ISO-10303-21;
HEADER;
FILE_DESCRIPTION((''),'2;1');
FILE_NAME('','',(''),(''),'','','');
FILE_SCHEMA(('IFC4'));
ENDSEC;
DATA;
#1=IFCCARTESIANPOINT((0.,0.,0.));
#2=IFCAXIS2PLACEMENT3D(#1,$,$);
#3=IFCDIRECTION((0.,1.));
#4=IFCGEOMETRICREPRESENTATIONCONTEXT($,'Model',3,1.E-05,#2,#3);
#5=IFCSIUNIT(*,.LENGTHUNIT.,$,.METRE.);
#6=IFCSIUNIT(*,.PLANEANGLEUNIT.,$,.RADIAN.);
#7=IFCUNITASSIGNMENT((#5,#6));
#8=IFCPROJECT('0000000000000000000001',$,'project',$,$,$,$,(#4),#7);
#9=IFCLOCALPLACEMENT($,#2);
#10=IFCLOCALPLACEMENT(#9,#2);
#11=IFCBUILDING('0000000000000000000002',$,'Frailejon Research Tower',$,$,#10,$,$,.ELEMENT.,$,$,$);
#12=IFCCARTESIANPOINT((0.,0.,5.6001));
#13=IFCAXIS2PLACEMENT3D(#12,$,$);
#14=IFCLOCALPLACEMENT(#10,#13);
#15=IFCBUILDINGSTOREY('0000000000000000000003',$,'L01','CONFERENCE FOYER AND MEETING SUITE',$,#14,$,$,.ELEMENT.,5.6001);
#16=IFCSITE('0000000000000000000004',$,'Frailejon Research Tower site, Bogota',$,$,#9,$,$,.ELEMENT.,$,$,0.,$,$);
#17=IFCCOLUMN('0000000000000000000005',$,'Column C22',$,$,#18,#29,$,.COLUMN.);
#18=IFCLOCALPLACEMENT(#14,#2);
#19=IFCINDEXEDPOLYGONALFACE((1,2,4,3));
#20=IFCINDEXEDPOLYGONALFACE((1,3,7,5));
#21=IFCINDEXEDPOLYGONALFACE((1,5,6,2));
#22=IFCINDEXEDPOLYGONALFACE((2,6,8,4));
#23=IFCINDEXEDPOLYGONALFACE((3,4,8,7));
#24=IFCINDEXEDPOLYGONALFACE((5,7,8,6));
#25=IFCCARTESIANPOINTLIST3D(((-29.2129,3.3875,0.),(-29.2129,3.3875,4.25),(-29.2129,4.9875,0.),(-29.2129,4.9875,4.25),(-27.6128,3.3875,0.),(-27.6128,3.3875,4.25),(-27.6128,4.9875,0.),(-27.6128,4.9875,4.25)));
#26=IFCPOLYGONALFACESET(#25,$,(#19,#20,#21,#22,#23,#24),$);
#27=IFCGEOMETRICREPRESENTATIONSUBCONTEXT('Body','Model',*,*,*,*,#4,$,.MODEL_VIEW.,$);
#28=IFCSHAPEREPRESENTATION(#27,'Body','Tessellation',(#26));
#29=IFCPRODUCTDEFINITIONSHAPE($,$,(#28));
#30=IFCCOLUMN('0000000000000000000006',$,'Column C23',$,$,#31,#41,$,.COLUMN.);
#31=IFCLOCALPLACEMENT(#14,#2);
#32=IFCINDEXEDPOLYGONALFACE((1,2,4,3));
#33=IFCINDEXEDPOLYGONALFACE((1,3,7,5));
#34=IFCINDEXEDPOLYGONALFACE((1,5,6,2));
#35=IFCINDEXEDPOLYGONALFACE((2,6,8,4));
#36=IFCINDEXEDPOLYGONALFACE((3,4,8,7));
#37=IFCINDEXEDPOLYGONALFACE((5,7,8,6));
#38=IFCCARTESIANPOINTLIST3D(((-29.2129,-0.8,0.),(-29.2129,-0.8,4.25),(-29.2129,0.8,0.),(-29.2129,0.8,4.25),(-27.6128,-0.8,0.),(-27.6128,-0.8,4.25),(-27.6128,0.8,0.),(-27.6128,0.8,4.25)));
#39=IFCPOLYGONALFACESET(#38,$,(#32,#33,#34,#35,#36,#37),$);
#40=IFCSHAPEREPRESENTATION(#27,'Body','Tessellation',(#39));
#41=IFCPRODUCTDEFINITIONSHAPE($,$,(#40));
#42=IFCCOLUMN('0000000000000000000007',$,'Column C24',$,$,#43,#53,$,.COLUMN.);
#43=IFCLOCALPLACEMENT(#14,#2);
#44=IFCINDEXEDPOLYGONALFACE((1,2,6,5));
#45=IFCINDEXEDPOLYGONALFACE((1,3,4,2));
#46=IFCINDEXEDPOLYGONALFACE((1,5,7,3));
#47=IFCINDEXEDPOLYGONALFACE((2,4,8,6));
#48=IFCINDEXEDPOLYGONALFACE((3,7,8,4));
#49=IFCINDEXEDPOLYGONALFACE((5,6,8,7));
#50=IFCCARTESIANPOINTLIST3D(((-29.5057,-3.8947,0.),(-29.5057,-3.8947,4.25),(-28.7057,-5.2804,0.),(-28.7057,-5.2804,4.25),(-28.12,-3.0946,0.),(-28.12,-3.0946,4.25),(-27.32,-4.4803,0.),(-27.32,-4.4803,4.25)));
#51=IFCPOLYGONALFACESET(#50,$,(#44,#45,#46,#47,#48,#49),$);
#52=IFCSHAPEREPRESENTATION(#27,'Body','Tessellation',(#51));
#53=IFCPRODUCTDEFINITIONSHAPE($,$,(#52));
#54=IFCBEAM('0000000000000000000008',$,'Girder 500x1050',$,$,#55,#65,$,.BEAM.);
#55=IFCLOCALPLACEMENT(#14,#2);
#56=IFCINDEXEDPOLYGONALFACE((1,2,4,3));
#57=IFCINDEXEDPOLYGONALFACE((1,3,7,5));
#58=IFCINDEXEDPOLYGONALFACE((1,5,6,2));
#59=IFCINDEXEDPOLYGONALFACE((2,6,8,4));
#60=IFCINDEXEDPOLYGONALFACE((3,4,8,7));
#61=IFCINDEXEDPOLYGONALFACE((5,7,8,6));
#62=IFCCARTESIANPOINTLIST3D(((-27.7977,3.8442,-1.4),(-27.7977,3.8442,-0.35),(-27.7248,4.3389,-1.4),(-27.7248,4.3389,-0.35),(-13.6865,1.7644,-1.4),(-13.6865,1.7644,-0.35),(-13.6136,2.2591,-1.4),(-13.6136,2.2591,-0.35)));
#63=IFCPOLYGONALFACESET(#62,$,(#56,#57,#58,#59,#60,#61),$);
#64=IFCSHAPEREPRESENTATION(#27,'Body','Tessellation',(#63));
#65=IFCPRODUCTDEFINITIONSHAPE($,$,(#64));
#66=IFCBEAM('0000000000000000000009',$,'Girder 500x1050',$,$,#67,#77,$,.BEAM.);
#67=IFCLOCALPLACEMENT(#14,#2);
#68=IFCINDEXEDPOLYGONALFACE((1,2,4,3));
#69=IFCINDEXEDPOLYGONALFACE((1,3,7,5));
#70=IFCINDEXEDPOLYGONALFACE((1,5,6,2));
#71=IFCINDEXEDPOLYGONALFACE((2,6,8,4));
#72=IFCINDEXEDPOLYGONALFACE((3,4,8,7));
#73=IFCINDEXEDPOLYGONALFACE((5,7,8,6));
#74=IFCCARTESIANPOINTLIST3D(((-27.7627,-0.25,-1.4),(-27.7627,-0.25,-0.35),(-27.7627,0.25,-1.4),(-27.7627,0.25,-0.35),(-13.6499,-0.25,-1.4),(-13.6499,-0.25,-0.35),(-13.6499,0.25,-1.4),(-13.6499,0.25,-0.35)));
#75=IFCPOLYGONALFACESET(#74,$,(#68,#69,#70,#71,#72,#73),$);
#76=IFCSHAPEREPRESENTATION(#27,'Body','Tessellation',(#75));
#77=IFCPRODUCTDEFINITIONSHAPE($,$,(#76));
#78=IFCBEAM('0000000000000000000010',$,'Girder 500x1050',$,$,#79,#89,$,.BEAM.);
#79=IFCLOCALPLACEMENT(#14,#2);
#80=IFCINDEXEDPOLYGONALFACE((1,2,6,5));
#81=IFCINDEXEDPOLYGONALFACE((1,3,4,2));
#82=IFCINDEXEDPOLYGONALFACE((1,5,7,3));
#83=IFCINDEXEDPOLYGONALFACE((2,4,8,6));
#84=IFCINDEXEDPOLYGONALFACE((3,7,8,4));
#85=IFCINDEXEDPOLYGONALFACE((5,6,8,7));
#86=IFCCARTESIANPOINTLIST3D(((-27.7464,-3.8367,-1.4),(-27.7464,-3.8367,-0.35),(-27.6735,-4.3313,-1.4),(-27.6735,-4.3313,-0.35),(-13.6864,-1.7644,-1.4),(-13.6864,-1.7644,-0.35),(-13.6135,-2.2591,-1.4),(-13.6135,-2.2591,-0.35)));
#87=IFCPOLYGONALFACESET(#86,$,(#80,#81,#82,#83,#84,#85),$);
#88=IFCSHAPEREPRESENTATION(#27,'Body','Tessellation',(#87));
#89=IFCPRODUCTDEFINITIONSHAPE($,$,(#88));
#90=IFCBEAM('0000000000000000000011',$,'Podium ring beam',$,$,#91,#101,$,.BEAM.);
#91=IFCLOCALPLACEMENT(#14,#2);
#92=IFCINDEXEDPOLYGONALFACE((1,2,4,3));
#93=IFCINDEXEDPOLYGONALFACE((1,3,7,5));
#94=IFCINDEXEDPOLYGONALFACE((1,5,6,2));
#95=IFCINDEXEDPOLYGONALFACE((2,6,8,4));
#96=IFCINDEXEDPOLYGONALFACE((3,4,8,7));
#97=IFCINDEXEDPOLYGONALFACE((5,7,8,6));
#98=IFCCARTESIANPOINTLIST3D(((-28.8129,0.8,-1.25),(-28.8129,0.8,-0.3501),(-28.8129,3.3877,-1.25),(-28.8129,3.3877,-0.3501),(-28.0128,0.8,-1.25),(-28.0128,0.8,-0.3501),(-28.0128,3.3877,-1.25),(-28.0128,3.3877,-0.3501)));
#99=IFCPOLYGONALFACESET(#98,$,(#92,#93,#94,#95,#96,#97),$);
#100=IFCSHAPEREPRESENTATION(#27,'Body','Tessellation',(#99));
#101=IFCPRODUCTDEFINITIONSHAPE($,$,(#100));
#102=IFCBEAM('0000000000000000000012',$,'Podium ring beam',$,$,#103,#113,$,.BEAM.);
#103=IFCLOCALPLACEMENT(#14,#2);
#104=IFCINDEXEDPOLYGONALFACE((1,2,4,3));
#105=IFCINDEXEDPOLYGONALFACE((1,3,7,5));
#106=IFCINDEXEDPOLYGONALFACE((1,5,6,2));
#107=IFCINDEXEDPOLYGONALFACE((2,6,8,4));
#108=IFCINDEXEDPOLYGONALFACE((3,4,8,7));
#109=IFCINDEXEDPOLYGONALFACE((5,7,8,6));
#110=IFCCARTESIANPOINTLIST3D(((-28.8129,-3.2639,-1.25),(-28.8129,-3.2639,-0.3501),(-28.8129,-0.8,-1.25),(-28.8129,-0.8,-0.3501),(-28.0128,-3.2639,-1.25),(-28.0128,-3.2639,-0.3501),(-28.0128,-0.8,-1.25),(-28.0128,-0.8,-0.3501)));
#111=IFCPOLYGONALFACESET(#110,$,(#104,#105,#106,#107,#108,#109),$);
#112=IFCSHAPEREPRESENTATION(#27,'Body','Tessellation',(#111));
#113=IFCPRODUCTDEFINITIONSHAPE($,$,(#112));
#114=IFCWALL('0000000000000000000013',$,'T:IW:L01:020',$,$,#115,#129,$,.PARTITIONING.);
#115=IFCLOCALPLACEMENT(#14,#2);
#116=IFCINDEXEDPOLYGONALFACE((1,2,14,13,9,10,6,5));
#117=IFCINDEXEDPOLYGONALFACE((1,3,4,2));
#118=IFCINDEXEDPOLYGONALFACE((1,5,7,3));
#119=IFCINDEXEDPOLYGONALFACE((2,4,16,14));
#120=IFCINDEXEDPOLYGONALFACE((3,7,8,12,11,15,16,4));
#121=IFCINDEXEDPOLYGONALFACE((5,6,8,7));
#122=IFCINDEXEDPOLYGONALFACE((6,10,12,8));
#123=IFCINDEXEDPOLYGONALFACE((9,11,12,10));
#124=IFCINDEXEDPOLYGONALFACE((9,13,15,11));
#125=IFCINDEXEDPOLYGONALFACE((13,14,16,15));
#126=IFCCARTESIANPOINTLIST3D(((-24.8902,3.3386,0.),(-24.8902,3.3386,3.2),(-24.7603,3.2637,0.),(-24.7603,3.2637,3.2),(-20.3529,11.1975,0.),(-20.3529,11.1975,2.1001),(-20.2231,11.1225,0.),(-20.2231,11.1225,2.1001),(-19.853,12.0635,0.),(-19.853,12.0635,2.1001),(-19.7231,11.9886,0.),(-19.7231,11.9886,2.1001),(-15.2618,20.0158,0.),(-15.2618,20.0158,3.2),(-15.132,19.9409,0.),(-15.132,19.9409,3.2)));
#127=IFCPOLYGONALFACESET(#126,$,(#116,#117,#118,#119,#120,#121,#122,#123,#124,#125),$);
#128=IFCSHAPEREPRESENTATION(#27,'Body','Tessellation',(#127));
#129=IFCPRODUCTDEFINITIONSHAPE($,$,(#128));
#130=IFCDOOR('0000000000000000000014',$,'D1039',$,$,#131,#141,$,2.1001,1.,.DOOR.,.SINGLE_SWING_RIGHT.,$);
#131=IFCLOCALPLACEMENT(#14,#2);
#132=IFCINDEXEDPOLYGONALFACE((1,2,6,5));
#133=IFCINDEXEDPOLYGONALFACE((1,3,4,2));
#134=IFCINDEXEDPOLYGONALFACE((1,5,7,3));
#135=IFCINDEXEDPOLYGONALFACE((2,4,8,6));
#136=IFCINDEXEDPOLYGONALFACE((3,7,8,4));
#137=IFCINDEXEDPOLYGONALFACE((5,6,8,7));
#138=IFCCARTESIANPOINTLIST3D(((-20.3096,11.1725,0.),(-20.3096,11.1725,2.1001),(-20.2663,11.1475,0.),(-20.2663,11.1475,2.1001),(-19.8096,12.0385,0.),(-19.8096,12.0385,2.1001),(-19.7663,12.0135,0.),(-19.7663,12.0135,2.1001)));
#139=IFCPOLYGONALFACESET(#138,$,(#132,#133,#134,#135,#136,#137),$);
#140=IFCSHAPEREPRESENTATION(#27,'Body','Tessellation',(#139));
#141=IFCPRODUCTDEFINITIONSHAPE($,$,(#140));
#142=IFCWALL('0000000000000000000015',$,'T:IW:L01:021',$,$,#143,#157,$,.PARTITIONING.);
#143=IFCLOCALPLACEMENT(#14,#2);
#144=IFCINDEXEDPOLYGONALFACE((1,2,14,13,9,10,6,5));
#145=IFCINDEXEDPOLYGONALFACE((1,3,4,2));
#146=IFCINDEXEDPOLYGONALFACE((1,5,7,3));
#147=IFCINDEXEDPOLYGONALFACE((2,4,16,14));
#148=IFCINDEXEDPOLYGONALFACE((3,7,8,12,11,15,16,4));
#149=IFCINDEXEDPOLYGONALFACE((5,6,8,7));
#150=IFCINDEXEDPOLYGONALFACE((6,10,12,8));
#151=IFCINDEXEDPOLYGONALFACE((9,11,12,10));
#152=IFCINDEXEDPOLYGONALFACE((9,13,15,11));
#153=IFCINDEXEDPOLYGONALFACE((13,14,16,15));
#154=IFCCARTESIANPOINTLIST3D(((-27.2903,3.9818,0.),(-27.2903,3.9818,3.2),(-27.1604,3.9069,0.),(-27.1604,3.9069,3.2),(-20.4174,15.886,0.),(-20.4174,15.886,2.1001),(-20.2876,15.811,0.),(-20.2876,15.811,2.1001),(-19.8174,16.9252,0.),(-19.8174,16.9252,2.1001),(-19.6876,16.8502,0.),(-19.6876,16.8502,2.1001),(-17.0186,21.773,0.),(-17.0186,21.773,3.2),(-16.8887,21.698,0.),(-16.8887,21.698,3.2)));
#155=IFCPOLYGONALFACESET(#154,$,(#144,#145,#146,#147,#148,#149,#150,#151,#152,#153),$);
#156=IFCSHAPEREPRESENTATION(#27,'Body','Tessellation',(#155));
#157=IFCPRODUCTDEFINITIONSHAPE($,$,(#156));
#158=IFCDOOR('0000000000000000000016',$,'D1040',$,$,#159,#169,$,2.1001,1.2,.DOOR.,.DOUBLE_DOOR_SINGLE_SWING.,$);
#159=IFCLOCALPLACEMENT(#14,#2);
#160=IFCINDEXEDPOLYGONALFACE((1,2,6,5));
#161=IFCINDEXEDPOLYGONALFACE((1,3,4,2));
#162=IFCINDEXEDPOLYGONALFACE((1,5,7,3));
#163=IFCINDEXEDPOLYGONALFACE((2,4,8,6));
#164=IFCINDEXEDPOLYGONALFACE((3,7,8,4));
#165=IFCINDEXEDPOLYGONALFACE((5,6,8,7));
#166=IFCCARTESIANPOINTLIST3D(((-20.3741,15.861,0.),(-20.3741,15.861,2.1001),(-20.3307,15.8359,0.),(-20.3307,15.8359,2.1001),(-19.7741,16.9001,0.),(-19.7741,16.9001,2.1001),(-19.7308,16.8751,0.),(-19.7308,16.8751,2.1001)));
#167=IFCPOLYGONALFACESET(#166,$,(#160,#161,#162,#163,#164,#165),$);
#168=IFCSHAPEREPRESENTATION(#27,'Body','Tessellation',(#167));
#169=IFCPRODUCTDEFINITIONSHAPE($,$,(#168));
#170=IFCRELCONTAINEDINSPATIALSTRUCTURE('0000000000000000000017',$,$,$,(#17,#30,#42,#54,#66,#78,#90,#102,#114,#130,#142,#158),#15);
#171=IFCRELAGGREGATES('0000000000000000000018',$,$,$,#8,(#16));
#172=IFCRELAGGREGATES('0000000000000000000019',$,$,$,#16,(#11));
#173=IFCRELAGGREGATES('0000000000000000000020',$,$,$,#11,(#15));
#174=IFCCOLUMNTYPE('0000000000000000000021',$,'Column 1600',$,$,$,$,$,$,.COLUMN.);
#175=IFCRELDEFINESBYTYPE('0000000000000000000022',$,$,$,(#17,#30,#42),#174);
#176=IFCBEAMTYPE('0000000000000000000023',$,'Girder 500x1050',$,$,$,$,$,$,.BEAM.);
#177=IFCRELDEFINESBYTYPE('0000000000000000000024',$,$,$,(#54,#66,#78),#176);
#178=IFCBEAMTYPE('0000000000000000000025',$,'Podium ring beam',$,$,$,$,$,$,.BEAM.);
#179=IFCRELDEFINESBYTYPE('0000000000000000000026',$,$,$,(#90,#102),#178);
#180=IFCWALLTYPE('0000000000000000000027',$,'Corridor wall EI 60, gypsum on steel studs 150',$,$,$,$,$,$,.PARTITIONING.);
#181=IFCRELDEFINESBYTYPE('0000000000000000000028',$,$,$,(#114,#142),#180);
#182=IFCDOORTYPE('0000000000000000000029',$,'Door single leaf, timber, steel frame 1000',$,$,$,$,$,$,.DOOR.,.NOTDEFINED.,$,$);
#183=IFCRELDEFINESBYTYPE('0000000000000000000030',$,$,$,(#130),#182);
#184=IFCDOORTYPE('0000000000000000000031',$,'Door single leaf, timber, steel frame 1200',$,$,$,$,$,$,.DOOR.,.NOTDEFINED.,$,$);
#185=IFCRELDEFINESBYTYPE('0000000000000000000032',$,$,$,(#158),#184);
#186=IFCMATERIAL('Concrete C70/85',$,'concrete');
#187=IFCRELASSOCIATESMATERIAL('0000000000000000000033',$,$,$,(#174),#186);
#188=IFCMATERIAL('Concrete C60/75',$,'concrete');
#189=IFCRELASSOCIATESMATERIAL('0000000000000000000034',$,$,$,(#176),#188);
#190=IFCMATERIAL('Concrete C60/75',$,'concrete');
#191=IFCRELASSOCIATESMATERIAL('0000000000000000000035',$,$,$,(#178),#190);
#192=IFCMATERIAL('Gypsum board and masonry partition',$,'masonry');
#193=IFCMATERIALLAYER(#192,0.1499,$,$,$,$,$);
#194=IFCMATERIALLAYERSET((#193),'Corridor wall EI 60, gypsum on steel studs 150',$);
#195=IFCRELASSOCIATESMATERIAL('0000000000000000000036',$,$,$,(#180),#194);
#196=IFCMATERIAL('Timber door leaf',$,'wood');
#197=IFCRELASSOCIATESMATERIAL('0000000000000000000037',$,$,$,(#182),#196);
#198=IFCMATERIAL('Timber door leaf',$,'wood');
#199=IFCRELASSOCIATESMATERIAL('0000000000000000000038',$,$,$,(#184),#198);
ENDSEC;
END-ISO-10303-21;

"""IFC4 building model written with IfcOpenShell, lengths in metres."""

from ifc_helpers import new_model, si_unit, direction, frame, frame_2d, origin, origin_2d, place, context, subcontext, project, spatial, rectangle, extrude, material, layer, layer_set, material_profile, profile_set, type_object, element, fill, save


model = new_model("IFC4")

# Units and contexts
model_context = context("Model", 3, precision=1e-05, world=origin(), true_north=direction((0.0, 1.0)))
body_context = subcontext(model_context, "Body", "Model", "MODEL_VIEW")
ifc_project = project(units=[si_unit("LENGTHUNIT", "METRE"), si_unit("PLANEANGLEUNIT", "RADIAN")], contexts=[model_context])

# Site, building, storey
site_placement = place(None, origin())
site = spatial("IfcSite", under=ifc_project, at=site_placement, Name="Frailejon Research Tower site, Bogota", CompositionType="ELEMENT", RefElevation=0.0)
building_placement = place(site_placement, origin())
building = spatial("IfcBuilding", under=site, at=building_placement, Name="Frailejon Research Tower", CompositionType="ELEMENT")
storey_placement = place(building_placement, frame((0.0, 0.0, 5.6001)))
storey = spatial("IfcBuildingStorey", under=building, at=storey_placement, Name="L01", Description="CONFERENCE FOYER AND MEETING SUITE", CompositionType="ELEMENT", Elevation=5.6001)

# Columns
ifc_material_1 = material(Name="Concrete C70/85", Category="concrete")
ifc_material_profile_1 = material_profile(ifc_material_1, rectangle(XDim=1.6001, YDim=1.6001, at=origin_2d()), Name="Column 1600")
ifc_profile_set_1 = profile_set([ifc_material_profile_1], Name="Concrete C70/85")
column_type = type_object("IfcColumnType", Name="Column 1600", PredefinedType="COLUMN", material=ifc_profile_set_1)
for number, where, z_axis, x_axis, name in (
    (1, (-28.4128, 4.1875, 0.0), (0.0, 0.0, 1.0), (0.0, -1.0, 0.0), "Column C22"),
    (2, (-28.4128, 0.0, 0.0), (0.0, 0.0, 1.0), (0.0, -1.0, 0.0), "Column C23"),
    (3, (-28.4128, -4.1875, 0.0), (0.0, 0.0, 1.0), (0.5, -0.866025, 0.0), "Column C24"),
):
    element("IfcColumn", number, at=place(storey_placement, frame(where, z_axis=z_axis, x_axis=x_axis)), inside=storey, type_object=column_type, Name=name, PredefinedType="COLUMN", context=body_context, shape_type="SweptSolid", body=[
        extrude(rectangle(XDim=1.6001, YDim=1.6001, at=origin_2d()), origin(), (0.0, 0.0, 1.0), 4.25),
    ])

# Beams
ifc_material_2 = material(Name="Concrete C60/75", Category="concrete")
ifc_material_profile_2 = material_profile(ifc_material_2, rectangle(XDim=0.5, YDim=1.05, at=origin_2d()), Name="Girder 500x1050")
ifc_profile_set_2 = profile_set([ifc_material_profile_2], Name="Concrete C60/75")
beam_type_1 = type_object("IfcBeamType", Name="Girder 500x1050", PredefinedType="BEAM", material=ifc_profile_set_2)
beam_1_placement = place(storey_placement, frame((-27.7612, 4.0916, -0.875), z_axis=(0.989312, -0.145812, 0.0), x_axis=(0.145812, 0.989312, 0.0)))
element("IfcBeam", 4, at=beam_1_placement, inside=storey, type_object=beam_type_1, Name="Girder 500x1050", PredefinedType="BEAM", context=body_context, shape_type="SweptSolid", body=[
    extrude(rectangle(XDim=0.5, YDim=1.05, at=origin_2d()), origin(), (0.0, 0.0, 1.0), 14.2637),
])
beam_2_placement = place(storey_placement, frame((-27.7627, 0.0, -0.875), z_axis=(1.0, 0.0, 0.0), x_axis=(0.0, 1.0, 0.0)))
element("IfcBeam", 5, at=beam_2_placement, inside=storey, type_object=beam_type_1, Name="Girder 500x1050", PredefinedType="BEAM", context=body_context, shape_type="SweptSolid", body=[
    extrude(rectangle(XDim=0.5, YDim=1.05, at=origin_2d()), origin(), (0.0, 0.0, 1.0), 14.1128),
])
beam_3_placement = place(storey_placement, frame((-27.71, -4.084, -0.875), z_axis=(0.989312, 0.145811, 0.0), x_axis=(-0.145811, 0.989312, 0.0)))
element("IfcBeam", 6, at=beam_3_placement, inside=storey, type_object=beam_type_1, Name="Girder 500x1050", PredefinedType="BEAM", context=body_context, shape_type="SweptSolid", body=[
    extrude(rectangle(XDim=0.5, YDim=1.05, at=origin_2d()), origin(), (0.0, 0.0, 1.0), 14.2119),
])
ifc_material_3 = material(Name="Concrete C60/75", Category="concrete")
ifc_material_profile_3 = material_profile(ifc_material_3, rectangle(XDim=0.8, YDim=0.8999, at=origin_2d()), Name="Podium ring beam")
ifc_profile_set_3 = profile_set([ifc_material_profile_3], Name="Concrete C60/75")
beam_type_2 = type_object("IfcBeamType", Name="Podium ring beam", PredefinedType="BEAM", material=ifc_profile_set_3)
beam_4_placement = place(storey_placement, frame((-28.4128, 3.3877, -0.8), z_axis=(0.0, -1.0, 0.0), x_axis=(1.0, 0.0, 0.0)))
element("IfcBeam", 7, at=beam_4_placement, inside=storey, type_object=beam_type_2, Name="Podium ring beam", PredefinedType="BEAM", context=body_context, shape_type="SweptSolid", body=[
    extrude(rectangle(XDim=0.8, YDim=0.8999, at=origin_2d()), origin(), (0.0, 0.0, 1.0), 2.5876),
])
beam_5_placement = place(storey_placement, frame((-28.4128, -0.8, -0.8), z_axis=(0.0, -1.0, 0.0), x_axis=(1.0, 0.0, 0.0)))
element("IfcBeam", 8, at=beam_5_placement, inside=storey, type_object=beam_type_2, Name="Podium ring beam", PredefinedType="BEAM", context=body_context, shape_type="SweptSolid", body=[
    extrude(rectangle(XDim=0.8, YDim=0.8999, at=origin_2d()), origin(), (0.0, 0.0, 1.0), 2.4639),
])

# Walls, openings, doors
ifc_material_4 = material(Name="Gypsum board and masonry partition", Category="masonry")
ifc_layer_1 = layer(ifc_material_4, 0.1499)
ifc_layer_set_1 = layer_set([ifc_layer_1], Name="Corridor wall EI 60, gypsum on steel studs 150")
wall_type_1 = type_object("IfcWallType", Name="Corridor wall EI 60, gypsum on steel studs 150", PredefinedType="PARTITIONING", material=ifc_layer_set_1)
wall_1_placement = place(storey_placement, frame((-24.8252, 3.3013, 0.0), z_axis=(0.0, 0.0, 1.0), x_axis=(0.499992, 0.86603, 0.0)))
wall_1 = element("IfcWall", 9, at=wall_1_placement, inside=storey, type_object=wall_type_1, Name="T:IW:L01:020", PredefinedType="PARTITIONING", context=body_context, shape_type="SweptSolid", body=[
    extrude(rectangle(XDim=19.2571, YDim=0.1499, at=frame_2d((9.6284, 0.0))), origin(), (0.0, 0.0, 1.0), 3.2),
])
opening_1_placement = place(wall_1_placement, frame((9.0745, 0.0, 0.0)))
opening_1 = element("IfcOpeningElement", 10, at=opening_1_placement, cuts=wall_1, PredefinedType="OPENING", context=body_context, shape_type="SweptSolid", body=[
    extrude(rectangle(XDim=1.0, YDim=2.1001, at=frame_2d((0.5, 1.05))), frame((0.0, 0.085, 0.0), z_axis=(0.0, -1.0, 0.0), x_axis=(1.0, 0.0, 0.0)), (0.0, 0.0, 1.0), 0.1699),
])
ifc_material_5 = material(Name="Timber door leaf", Category="wood")
door_type_1 = type_object("IfcDoorType", Name="Door single leaf, timber, steel frame 1000", OperationType="NOTDEFINED", PredefinedType="DOOR", material=ifc_material_5)
door_1_placement = place(opening_1_placement, origin())
door_1 = element("IfcDoor", 11, at=door_1_placement, inside=storey, type_object=door_type_1, Name="D1039", OperationType="SINGLE_SWING_RIGHT", OverallHeight=2.1001, OverallWidth=1.0, PredefinedType="DOOR", context=body_context, shape_type="SweptSolid", body=[
    extrude(rectangle(XDim=1.0, YDim=2.1001, at=frame_2d((0.5, 1.05))), frame((0.0, 0.0249, 0.0), z_axis=(0.0, -1.0, 0.0), x_axis=(1.0, 0.0, 0.0)), (0.0, 0.0, 1.0), 0.05),
])
fill(opening_1, door_1)
wall_2_placement = place(storey_placement, frame((-27.2253, 3.9443, 0.0), z_axis=(0.0, 0.0, 1.0), x_axis=(0.499998, 0.866027, 0.0)))
wall_2 = element("IfcWall", 12, at=wall_2_placement, inside=storey, type_object=wall_type_1, Name="T:IW:L01:021", PredefinedType="PARTITIONING", context=body_context, shape_type="SweptSolid", body=[
    extrude(rectangle(XDim=20.5435, YDim=0.1499, at=frame_2d((10.2717, 0.0))), origin(), (0.0, 0.0, 1.0), 3.2),
])
opening_2_placement = place(wall_2_placement, frame((13.7456, 0.0, 0.0)))
opening_2 = element("IfcOpeningElement", 13, at=opening_2_placement, cuts=wall_2, PredefinedType="OPENING", context=body_context, shape_type="SweptSolid", body=[
    extrude(rectangle(XDim=1.2, YDim=2.1001, at=frame_2d((0.6001, 1.05))), frame((0.0, 0.085, 0.0), z_axis=(0.0, -1.0, 0.0), x_axis=(1.0, 0.0, 0.0)), (0.0, 0.0, 1.0), 0.1699),
])
ifc_material_6 = material(Name="Timber door leaf", Category="wood")
door_type_2 = type_object("IfcDoorType", Name="Door single leaf, timber, steel frame 1200", OperationType="NOTDEFINED", PredefinedType="DOOR", material=ifc_material_6)
door_2_placement = place(opening_2_placement, origin())
door_2 = element("IfcDoor", 14, at=door_2_placement, inside=storey, type_object=door_type_2, Name="D1040", OperationType="DOUBLE_DOOR_SINGLE_SWING", OverallHeight=2.1001, OverallWidth=1.2, PredefinedType="DOOR", context=body_context, shape_type="SweptSolid", body=[
    extrude(rectangle(XDim=1.2, YDim=2.1001, at=frame_2d((0.6001, 1.05))), frame((0.0, 0.0249, 0.0), z_axis=(0.0, -1.0, 0.0), x_axis=(1.0, 0.0, 0.0)), (0.0, 0.0, 1.0), 0.05),
])
fill(opening_2, door_2)

save(model, "model.ifc")
